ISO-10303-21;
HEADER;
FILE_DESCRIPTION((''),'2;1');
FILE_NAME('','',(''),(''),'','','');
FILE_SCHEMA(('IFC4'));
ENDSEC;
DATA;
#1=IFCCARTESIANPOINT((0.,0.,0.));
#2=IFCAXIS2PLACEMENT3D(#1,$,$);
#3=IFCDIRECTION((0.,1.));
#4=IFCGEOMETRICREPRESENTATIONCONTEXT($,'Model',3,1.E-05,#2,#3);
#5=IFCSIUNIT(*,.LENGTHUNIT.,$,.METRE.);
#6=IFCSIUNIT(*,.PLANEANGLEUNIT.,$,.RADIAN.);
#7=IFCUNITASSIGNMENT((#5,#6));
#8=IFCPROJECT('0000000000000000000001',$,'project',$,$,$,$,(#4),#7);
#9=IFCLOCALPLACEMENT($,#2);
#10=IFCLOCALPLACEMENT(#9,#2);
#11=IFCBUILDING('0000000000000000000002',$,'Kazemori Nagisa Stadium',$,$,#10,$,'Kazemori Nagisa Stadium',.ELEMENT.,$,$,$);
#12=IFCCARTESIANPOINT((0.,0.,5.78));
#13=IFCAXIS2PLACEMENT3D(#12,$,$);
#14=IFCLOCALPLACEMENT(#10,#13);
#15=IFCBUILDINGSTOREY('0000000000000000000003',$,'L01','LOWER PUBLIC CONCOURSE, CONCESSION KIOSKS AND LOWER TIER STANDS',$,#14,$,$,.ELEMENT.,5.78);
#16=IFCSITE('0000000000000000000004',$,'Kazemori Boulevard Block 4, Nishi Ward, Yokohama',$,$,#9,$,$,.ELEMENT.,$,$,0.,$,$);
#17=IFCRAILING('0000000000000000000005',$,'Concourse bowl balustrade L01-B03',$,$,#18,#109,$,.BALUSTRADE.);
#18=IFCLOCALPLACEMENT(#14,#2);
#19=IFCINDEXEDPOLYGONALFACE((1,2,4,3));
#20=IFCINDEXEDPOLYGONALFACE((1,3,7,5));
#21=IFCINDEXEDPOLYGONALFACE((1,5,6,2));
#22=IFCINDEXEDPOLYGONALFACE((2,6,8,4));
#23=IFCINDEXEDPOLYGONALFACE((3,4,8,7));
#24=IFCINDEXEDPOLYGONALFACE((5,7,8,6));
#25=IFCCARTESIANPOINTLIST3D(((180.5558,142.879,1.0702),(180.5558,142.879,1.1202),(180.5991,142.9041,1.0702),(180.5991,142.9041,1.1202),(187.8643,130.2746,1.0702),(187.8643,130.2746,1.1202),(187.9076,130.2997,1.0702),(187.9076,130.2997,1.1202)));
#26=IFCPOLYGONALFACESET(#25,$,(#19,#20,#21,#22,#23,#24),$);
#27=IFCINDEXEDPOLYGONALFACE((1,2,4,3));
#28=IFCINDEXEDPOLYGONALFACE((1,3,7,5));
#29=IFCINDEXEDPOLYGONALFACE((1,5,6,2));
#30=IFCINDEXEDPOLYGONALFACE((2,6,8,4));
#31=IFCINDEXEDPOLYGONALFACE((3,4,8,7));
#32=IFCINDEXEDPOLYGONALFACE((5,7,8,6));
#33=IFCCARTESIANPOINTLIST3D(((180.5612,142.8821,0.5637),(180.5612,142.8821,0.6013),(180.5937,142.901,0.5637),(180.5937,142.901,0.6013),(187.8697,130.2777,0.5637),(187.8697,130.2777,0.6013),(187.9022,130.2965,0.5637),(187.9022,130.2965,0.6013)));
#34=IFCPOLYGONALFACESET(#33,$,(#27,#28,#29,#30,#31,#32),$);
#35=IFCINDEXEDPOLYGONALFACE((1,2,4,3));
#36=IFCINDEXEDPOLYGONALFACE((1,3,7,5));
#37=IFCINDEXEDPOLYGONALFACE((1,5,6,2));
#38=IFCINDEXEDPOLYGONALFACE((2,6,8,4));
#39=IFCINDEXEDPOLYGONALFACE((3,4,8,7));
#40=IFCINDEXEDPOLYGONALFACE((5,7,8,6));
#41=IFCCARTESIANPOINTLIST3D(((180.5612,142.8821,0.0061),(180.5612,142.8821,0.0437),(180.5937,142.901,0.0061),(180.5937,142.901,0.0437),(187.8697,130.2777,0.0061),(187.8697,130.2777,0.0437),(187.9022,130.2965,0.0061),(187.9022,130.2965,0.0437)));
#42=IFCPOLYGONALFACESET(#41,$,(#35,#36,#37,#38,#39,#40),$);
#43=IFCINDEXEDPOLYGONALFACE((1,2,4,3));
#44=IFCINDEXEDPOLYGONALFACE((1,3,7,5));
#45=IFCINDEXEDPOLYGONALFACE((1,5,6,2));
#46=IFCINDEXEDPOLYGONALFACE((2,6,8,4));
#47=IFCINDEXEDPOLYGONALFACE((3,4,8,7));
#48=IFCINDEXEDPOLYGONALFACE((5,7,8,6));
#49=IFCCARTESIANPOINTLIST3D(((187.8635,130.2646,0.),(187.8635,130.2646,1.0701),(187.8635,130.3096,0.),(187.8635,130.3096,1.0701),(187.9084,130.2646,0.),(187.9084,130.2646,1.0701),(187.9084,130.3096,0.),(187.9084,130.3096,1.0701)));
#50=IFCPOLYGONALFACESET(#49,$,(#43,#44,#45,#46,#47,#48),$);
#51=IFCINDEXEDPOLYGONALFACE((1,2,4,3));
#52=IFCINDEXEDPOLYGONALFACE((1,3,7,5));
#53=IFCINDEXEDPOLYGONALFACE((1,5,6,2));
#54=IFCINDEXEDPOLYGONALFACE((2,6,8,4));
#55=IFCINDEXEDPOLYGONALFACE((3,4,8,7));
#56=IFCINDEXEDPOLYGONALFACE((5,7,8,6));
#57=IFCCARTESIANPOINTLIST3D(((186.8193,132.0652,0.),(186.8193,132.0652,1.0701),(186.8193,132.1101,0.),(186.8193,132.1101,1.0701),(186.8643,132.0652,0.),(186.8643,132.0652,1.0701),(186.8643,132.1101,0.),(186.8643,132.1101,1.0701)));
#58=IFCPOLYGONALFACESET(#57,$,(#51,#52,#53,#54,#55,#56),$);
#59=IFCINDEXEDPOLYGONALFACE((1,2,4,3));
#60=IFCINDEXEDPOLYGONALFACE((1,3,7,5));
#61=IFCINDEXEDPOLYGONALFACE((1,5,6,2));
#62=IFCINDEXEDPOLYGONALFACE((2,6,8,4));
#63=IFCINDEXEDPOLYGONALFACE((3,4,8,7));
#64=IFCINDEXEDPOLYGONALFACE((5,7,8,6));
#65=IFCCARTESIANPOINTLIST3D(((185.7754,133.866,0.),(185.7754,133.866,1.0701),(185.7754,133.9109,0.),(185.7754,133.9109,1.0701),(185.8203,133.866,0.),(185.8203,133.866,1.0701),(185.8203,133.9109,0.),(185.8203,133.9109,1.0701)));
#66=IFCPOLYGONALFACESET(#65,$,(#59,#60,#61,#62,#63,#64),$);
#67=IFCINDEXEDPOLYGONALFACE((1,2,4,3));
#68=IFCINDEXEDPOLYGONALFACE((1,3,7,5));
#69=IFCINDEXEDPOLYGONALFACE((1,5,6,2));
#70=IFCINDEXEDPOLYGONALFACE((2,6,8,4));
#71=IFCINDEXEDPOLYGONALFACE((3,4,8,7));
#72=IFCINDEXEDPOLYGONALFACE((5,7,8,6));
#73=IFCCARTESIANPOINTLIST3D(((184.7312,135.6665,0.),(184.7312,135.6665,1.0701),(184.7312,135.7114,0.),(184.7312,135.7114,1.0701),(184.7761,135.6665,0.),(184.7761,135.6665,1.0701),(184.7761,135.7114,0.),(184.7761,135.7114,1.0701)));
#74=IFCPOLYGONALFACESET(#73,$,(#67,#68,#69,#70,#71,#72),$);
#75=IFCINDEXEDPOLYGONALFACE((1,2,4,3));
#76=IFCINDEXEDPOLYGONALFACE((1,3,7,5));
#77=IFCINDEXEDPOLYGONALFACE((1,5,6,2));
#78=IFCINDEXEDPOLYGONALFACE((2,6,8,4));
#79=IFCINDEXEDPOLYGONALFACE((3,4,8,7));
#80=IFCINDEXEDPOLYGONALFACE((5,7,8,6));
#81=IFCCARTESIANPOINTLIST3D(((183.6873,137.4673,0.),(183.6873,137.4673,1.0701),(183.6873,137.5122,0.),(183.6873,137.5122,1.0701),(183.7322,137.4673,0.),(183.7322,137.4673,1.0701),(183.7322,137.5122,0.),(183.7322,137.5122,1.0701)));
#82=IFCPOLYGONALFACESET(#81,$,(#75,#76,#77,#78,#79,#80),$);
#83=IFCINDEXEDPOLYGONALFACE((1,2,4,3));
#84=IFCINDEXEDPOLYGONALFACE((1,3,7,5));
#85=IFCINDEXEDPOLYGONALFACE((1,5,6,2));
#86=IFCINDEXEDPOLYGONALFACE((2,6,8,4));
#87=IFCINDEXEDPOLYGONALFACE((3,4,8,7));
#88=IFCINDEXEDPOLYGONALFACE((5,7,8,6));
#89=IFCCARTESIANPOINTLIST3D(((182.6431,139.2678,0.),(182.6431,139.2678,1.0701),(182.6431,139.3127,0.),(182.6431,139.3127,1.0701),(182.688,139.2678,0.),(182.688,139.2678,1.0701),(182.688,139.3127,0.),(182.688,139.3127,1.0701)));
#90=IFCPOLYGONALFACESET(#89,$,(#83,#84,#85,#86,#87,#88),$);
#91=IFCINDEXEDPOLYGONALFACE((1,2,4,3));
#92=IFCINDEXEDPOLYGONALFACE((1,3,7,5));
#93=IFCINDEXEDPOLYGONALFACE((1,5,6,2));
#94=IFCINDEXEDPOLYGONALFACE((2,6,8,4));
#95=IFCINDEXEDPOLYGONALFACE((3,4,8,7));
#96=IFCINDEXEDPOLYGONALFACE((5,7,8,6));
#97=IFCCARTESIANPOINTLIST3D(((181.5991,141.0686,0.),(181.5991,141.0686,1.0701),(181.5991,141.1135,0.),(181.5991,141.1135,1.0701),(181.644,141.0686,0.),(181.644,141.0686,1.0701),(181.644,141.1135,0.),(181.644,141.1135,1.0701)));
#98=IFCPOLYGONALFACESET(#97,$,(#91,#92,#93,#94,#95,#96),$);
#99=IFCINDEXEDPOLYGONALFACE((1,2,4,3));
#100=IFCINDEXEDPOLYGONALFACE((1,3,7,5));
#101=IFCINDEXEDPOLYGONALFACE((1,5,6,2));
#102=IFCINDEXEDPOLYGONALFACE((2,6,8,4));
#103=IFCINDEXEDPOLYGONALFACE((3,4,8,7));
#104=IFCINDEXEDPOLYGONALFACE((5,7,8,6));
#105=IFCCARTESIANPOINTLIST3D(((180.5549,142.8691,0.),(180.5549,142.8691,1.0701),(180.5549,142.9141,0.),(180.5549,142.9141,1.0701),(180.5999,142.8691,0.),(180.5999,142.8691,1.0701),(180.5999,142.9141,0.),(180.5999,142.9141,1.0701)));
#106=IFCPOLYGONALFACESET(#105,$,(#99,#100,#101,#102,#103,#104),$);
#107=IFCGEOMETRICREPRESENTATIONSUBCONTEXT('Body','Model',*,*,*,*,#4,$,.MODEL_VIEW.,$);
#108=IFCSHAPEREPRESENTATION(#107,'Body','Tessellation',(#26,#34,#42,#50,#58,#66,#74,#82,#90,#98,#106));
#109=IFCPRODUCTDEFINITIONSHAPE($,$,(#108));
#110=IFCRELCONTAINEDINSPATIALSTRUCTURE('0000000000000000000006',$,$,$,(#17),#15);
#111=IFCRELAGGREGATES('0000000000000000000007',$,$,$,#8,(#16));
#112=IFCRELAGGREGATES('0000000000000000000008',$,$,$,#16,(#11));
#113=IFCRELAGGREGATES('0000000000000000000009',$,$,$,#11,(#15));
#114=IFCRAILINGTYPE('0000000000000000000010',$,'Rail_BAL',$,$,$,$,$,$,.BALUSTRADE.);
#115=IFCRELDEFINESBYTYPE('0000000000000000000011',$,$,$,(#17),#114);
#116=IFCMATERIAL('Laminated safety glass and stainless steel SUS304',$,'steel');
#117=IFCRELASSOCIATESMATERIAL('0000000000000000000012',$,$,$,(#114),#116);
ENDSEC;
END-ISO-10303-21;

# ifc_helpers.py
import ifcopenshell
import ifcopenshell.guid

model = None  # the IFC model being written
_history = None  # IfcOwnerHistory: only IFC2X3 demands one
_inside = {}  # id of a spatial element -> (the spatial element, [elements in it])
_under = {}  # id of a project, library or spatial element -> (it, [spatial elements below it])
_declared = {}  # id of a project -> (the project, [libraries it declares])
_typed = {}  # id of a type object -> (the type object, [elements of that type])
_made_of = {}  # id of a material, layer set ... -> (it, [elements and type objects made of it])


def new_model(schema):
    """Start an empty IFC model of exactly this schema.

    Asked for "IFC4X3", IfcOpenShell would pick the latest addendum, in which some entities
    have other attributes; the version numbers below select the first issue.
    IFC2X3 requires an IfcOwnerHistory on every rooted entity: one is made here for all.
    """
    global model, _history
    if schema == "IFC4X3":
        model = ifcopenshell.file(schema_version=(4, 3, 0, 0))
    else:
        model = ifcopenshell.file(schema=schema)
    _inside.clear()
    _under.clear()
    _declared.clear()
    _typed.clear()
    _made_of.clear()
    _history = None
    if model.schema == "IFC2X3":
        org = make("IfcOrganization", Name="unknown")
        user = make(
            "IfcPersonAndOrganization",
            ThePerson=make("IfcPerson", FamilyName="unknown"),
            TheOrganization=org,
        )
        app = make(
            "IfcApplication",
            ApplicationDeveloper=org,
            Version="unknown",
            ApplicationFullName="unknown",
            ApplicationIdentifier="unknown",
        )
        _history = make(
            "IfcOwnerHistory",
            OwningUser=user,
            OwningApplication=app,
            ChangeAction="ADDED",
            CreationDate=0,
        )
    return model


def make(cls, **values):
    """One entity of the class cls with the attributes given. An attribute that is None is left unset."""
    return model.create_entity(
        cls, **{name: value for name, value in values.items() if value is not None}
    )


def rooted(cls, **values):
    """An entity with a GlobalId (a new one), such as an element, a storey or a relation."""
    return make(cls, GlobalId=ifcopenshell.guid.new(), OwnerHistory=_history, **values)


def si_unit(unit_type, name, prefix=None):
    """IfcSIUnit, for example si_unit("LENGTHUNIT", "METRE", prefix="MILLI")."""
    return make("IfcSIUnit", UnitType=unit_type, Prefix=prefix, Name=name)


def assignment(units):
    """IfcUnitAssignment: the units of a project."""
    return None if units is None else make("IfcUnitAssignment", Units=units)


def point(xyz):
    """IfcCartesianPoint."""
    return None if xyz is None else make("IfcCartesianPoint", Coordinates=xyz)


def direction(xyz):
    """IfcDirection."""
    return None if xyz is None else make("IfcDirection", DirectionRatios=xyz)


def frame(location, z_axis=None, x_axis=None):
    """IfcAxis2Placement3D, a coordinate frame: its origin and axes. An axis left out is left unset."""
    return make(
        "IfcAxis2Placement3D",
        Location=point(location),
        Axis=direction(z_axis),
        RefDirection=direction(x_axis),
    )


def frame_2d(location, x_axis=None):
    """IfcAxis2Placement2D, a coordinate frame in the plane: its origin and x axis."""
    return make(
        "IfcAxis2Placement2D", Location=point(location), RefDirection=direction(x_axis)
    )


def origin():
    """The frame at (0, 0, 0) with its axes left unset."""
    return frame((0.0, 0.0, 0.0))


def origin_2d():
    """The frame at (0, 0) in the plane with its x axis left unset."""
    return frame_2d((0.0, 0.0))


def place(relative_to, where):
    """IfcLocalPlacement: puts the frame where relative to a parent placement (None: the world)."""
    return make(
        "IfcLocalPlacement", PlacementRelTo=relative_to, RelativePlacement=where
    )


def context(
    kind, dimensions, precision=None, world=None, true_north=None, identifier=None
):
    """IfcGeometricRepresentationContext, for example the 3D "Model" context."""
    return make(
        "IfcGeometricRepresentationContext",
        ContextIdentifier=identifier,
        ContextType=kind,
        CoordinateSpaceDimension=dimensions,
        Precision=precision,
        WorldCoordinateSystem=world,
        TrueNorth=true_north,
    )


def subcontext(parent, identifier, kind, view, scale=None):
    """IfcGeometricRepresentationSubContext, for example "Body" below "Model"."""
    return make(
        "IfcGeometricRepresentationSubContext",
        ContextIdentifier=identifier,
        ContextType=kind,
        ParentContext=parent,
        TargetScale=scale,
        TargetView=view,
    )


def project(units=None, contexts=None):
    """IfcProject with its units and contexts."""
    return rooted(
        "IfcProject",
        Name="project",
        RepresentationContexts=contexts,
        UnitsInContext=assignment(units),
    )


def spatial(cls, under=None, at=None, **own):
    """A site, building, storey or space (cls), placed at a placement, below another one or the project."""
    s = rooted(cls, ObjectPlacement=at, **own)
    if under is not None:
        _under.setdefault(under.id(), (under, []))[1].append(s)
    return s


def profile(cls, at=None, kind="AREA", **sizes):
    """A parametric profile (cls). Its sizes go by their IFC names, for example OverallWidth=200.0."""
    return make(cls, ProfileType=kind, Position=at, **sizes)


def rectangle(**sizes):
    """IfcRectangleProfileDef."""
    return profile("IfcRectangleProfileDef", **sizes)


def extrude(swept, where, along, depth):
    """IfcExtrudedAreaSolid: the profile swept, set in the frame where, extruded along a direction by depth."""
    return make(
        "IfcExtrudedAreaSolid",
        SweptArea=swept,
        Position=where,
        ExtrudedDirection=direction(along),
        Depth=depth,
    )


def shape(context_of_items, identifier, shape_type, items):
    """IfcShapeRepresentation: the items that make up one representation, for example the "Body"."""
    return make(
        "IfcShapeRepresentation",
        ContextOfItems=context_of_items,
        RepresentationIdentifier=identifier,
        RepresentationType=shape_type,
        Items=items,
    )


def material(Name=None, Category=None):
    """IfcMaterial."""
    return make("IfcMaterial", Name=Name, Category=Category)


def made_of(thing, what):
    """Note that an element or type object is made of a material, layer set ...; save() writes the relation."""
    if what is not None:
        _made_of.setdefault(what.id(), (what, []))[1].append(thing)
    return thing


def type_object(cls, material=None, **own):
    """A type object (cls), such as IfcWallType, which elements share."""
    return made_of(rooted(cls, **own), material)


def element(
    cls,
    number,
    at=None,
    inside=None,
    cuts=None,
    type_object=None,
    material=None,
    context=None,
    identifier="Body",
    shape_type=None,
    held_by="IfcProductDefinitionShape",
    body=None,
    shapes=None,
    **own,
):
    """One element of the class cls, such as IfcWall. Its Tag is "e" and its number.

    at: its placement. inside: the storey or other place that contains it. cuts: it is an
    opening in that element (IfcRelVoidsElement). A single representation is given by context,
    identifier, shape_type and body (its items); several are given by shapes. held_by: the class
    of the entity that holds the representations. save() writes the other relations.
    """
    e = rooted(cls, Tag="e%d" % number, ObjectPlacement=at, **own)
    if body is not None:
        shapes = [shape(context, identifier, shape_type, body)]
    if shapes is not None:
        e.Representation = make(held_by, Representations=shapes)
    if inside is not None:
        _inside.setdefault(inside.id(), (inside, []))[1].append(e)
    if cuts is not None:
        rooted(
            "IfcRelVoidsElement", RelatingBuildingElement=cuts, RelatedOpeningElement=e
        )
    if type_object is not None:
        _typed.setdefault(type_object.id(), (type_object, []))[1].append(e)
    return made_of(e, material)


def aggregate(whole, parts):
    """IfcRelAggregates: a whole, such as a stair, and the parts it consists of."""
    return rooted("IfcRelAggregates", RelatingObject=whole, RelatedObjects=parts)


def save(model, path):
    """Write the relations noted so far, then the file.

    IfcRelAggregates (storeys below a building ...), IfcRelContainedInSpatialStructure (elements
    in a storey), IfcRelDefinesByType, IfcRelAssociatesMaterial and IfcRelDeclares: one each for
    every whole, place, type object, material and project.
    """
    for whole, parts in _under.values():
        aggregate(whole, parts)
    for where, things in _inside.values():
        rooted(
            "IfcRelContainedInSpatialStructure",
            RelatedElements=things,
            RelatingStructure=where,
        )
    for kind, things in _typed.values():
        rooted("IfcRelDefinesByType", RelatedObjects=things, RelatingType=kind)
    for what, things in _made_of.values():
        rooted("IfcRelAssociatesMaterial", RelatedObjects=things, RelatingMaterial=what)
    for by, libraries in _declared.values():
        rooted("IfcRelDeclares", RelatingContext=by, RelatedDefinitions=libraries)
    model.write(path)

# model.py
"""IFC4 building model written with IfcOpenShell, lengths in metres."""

from ifc_helpers import new_model, si_unit, direction, frame, origin, origin_2d, place, context, subcontext, project, spatial, rectangle, extrude, material, type_object, element, save


model = new_model("IFC4")

# Units and contexts
model_context = context("Model", 3, precision=1e-05, world=origin(), true_north=direction((0.0, 1.0)))
body_context = subcontext(model_context, "Body", "Model", "MODEL_VIEW")
ifc_project = project(units=[si_unit("LENGTHUNIT", "METRE"), si_unit("PLANEANGLEUNIT", "RADIAN")], contexts=[model_context])

# Site, building, storey
site_placement = place(None, origin())
site = spatial("IfcSite", under=ifc_project, at=site_placement, Name="Kazemori Boulevard Block 4, Nishi Ward, Yokohama", CompositionType="ELEMENT", RefElevation=0.0)
building_placement = place(site_placement, origin())
building = spatial("IfcBuilding", under=site, at=building_placement, Name="Kazemori Nagisa Stadium", LongName="Kazemori Nagisa Stadium", CompositionType="ELEMENT")
storey_placement = place(building_placement, frame((0.0, 0.0, 5.78)))
storey = spatial("IfcBuildingStorey", under=building, at=storey_placement, Name="L01", Description="LOWER PUBLIC CONCOURSE, CONCESSION KIOSKS AND LOWER TIER STANDS", CompositionType="ELEMENT", Elevation=5.78)

# Railing
ifc_material_1 = material(Name="Laminated safety glass and stainless steel SUS304", Category="steel")
railing_type_1 = type_object("IfcRailingType", Name="Rail_BAL", PredefinedType="BALUSTRADE", material=ifc_material_1)
railing_1_placement = place(storey_placement, frame((187.886, 130.2871, 0.0)))
element("IfcRailing", 1, at=railing_1_placement, inside=storey, type_object=railing_type_1, Name="Concourse bowl balustrade L01-B03", PredefinedType="BALUSTRADE", context=body_context, shape_type="SweptSolid", body=[
    extrude(rectangle(XDim=0.05, YDim=0.05, at=origin_2d()), frame((0.0, 0.0, 1.0952), z_axis=(-0.501615, 0.865091, 0.0), x_axis=(-0.865091, -0.501615, 0.0)), (0.0, 0.0, 1.0), 14.5701),
    extrude(rectangle(XDim=0.0376, YDim=0.0376, at=origin_2d()), frame((0.0, 0.0, 0.5825), z_axis=(-0.501615, 0.865091, 0.0), x_axis=(-0.865091, -0.501615, 0.0)), (0.0, 0.0, 1.0), 14.5701),
    extrude(rectangle(XDim=0.0376, YDim=0.0376, at=origin_2d()), frame((0.0, 0.0, 0.0249), z_axis=(-0.501615, 0.865091, 0.0), x_axis=(-0.865091, -0.501615, 0.0)), (0.0, 0.0, 1.0), 14.5701),
    extrude(rectangle(XDim=0.0449, YDim=0.0449, at=origin_2d()), origin(), (0.0, 0.0, 1.0), 1.0701),
    extrude(rectangle(XDim=0.0449, YDim=0.0449, at=origin_2d()), frame((-1.0442, 1.8005, 0.0)), (0.0, 0.0, 1.0), 1.0701),
    extrude(rectangle(XDim=0.0449, YDim=0.0449, at=origin_2d()), frame((-2.0881, 3.6013, 0.0)), (0.0, 0.0, 1.0), 1.0701),
    extrude(rectangle(XDim=0.0449, YDim=0.0449, at=origin_2d()), frame((-3.1323, 5.4019, 0.0)), (0.0, 0.0, 1.0), 1.0701),
    extrude(rectangle(XDim=0.0449, YDim=0.0449, at=origin_2d()), frame((-4.1763, 7.2026, 0.0)), (0.0, 0.0, 1.0), 1.0701),
    extrude(rectangle(XDim=0.0449, YDim=0.0449, at=origin_2d()), frame((-5.2205, 9.0032, 0.0)), (0.0, 0.0, 1.0), 1.0701),
    extrude(rectangle(XDim=0.0449, YDim=0.0449, at=origin_2d()), frame((-6.2644, 10.804, 0.0)), (0.0, 0.0, 1.0), 1.0701),
    extrude(rectangle(XDim=0.0449, YDim=0.0449, at=origin_2d()), frame((-7.3086, 12.6045, 0.0)), (0.0, 0.0, 1.0), 1.0701),
])

save(model, "model.ifc")
